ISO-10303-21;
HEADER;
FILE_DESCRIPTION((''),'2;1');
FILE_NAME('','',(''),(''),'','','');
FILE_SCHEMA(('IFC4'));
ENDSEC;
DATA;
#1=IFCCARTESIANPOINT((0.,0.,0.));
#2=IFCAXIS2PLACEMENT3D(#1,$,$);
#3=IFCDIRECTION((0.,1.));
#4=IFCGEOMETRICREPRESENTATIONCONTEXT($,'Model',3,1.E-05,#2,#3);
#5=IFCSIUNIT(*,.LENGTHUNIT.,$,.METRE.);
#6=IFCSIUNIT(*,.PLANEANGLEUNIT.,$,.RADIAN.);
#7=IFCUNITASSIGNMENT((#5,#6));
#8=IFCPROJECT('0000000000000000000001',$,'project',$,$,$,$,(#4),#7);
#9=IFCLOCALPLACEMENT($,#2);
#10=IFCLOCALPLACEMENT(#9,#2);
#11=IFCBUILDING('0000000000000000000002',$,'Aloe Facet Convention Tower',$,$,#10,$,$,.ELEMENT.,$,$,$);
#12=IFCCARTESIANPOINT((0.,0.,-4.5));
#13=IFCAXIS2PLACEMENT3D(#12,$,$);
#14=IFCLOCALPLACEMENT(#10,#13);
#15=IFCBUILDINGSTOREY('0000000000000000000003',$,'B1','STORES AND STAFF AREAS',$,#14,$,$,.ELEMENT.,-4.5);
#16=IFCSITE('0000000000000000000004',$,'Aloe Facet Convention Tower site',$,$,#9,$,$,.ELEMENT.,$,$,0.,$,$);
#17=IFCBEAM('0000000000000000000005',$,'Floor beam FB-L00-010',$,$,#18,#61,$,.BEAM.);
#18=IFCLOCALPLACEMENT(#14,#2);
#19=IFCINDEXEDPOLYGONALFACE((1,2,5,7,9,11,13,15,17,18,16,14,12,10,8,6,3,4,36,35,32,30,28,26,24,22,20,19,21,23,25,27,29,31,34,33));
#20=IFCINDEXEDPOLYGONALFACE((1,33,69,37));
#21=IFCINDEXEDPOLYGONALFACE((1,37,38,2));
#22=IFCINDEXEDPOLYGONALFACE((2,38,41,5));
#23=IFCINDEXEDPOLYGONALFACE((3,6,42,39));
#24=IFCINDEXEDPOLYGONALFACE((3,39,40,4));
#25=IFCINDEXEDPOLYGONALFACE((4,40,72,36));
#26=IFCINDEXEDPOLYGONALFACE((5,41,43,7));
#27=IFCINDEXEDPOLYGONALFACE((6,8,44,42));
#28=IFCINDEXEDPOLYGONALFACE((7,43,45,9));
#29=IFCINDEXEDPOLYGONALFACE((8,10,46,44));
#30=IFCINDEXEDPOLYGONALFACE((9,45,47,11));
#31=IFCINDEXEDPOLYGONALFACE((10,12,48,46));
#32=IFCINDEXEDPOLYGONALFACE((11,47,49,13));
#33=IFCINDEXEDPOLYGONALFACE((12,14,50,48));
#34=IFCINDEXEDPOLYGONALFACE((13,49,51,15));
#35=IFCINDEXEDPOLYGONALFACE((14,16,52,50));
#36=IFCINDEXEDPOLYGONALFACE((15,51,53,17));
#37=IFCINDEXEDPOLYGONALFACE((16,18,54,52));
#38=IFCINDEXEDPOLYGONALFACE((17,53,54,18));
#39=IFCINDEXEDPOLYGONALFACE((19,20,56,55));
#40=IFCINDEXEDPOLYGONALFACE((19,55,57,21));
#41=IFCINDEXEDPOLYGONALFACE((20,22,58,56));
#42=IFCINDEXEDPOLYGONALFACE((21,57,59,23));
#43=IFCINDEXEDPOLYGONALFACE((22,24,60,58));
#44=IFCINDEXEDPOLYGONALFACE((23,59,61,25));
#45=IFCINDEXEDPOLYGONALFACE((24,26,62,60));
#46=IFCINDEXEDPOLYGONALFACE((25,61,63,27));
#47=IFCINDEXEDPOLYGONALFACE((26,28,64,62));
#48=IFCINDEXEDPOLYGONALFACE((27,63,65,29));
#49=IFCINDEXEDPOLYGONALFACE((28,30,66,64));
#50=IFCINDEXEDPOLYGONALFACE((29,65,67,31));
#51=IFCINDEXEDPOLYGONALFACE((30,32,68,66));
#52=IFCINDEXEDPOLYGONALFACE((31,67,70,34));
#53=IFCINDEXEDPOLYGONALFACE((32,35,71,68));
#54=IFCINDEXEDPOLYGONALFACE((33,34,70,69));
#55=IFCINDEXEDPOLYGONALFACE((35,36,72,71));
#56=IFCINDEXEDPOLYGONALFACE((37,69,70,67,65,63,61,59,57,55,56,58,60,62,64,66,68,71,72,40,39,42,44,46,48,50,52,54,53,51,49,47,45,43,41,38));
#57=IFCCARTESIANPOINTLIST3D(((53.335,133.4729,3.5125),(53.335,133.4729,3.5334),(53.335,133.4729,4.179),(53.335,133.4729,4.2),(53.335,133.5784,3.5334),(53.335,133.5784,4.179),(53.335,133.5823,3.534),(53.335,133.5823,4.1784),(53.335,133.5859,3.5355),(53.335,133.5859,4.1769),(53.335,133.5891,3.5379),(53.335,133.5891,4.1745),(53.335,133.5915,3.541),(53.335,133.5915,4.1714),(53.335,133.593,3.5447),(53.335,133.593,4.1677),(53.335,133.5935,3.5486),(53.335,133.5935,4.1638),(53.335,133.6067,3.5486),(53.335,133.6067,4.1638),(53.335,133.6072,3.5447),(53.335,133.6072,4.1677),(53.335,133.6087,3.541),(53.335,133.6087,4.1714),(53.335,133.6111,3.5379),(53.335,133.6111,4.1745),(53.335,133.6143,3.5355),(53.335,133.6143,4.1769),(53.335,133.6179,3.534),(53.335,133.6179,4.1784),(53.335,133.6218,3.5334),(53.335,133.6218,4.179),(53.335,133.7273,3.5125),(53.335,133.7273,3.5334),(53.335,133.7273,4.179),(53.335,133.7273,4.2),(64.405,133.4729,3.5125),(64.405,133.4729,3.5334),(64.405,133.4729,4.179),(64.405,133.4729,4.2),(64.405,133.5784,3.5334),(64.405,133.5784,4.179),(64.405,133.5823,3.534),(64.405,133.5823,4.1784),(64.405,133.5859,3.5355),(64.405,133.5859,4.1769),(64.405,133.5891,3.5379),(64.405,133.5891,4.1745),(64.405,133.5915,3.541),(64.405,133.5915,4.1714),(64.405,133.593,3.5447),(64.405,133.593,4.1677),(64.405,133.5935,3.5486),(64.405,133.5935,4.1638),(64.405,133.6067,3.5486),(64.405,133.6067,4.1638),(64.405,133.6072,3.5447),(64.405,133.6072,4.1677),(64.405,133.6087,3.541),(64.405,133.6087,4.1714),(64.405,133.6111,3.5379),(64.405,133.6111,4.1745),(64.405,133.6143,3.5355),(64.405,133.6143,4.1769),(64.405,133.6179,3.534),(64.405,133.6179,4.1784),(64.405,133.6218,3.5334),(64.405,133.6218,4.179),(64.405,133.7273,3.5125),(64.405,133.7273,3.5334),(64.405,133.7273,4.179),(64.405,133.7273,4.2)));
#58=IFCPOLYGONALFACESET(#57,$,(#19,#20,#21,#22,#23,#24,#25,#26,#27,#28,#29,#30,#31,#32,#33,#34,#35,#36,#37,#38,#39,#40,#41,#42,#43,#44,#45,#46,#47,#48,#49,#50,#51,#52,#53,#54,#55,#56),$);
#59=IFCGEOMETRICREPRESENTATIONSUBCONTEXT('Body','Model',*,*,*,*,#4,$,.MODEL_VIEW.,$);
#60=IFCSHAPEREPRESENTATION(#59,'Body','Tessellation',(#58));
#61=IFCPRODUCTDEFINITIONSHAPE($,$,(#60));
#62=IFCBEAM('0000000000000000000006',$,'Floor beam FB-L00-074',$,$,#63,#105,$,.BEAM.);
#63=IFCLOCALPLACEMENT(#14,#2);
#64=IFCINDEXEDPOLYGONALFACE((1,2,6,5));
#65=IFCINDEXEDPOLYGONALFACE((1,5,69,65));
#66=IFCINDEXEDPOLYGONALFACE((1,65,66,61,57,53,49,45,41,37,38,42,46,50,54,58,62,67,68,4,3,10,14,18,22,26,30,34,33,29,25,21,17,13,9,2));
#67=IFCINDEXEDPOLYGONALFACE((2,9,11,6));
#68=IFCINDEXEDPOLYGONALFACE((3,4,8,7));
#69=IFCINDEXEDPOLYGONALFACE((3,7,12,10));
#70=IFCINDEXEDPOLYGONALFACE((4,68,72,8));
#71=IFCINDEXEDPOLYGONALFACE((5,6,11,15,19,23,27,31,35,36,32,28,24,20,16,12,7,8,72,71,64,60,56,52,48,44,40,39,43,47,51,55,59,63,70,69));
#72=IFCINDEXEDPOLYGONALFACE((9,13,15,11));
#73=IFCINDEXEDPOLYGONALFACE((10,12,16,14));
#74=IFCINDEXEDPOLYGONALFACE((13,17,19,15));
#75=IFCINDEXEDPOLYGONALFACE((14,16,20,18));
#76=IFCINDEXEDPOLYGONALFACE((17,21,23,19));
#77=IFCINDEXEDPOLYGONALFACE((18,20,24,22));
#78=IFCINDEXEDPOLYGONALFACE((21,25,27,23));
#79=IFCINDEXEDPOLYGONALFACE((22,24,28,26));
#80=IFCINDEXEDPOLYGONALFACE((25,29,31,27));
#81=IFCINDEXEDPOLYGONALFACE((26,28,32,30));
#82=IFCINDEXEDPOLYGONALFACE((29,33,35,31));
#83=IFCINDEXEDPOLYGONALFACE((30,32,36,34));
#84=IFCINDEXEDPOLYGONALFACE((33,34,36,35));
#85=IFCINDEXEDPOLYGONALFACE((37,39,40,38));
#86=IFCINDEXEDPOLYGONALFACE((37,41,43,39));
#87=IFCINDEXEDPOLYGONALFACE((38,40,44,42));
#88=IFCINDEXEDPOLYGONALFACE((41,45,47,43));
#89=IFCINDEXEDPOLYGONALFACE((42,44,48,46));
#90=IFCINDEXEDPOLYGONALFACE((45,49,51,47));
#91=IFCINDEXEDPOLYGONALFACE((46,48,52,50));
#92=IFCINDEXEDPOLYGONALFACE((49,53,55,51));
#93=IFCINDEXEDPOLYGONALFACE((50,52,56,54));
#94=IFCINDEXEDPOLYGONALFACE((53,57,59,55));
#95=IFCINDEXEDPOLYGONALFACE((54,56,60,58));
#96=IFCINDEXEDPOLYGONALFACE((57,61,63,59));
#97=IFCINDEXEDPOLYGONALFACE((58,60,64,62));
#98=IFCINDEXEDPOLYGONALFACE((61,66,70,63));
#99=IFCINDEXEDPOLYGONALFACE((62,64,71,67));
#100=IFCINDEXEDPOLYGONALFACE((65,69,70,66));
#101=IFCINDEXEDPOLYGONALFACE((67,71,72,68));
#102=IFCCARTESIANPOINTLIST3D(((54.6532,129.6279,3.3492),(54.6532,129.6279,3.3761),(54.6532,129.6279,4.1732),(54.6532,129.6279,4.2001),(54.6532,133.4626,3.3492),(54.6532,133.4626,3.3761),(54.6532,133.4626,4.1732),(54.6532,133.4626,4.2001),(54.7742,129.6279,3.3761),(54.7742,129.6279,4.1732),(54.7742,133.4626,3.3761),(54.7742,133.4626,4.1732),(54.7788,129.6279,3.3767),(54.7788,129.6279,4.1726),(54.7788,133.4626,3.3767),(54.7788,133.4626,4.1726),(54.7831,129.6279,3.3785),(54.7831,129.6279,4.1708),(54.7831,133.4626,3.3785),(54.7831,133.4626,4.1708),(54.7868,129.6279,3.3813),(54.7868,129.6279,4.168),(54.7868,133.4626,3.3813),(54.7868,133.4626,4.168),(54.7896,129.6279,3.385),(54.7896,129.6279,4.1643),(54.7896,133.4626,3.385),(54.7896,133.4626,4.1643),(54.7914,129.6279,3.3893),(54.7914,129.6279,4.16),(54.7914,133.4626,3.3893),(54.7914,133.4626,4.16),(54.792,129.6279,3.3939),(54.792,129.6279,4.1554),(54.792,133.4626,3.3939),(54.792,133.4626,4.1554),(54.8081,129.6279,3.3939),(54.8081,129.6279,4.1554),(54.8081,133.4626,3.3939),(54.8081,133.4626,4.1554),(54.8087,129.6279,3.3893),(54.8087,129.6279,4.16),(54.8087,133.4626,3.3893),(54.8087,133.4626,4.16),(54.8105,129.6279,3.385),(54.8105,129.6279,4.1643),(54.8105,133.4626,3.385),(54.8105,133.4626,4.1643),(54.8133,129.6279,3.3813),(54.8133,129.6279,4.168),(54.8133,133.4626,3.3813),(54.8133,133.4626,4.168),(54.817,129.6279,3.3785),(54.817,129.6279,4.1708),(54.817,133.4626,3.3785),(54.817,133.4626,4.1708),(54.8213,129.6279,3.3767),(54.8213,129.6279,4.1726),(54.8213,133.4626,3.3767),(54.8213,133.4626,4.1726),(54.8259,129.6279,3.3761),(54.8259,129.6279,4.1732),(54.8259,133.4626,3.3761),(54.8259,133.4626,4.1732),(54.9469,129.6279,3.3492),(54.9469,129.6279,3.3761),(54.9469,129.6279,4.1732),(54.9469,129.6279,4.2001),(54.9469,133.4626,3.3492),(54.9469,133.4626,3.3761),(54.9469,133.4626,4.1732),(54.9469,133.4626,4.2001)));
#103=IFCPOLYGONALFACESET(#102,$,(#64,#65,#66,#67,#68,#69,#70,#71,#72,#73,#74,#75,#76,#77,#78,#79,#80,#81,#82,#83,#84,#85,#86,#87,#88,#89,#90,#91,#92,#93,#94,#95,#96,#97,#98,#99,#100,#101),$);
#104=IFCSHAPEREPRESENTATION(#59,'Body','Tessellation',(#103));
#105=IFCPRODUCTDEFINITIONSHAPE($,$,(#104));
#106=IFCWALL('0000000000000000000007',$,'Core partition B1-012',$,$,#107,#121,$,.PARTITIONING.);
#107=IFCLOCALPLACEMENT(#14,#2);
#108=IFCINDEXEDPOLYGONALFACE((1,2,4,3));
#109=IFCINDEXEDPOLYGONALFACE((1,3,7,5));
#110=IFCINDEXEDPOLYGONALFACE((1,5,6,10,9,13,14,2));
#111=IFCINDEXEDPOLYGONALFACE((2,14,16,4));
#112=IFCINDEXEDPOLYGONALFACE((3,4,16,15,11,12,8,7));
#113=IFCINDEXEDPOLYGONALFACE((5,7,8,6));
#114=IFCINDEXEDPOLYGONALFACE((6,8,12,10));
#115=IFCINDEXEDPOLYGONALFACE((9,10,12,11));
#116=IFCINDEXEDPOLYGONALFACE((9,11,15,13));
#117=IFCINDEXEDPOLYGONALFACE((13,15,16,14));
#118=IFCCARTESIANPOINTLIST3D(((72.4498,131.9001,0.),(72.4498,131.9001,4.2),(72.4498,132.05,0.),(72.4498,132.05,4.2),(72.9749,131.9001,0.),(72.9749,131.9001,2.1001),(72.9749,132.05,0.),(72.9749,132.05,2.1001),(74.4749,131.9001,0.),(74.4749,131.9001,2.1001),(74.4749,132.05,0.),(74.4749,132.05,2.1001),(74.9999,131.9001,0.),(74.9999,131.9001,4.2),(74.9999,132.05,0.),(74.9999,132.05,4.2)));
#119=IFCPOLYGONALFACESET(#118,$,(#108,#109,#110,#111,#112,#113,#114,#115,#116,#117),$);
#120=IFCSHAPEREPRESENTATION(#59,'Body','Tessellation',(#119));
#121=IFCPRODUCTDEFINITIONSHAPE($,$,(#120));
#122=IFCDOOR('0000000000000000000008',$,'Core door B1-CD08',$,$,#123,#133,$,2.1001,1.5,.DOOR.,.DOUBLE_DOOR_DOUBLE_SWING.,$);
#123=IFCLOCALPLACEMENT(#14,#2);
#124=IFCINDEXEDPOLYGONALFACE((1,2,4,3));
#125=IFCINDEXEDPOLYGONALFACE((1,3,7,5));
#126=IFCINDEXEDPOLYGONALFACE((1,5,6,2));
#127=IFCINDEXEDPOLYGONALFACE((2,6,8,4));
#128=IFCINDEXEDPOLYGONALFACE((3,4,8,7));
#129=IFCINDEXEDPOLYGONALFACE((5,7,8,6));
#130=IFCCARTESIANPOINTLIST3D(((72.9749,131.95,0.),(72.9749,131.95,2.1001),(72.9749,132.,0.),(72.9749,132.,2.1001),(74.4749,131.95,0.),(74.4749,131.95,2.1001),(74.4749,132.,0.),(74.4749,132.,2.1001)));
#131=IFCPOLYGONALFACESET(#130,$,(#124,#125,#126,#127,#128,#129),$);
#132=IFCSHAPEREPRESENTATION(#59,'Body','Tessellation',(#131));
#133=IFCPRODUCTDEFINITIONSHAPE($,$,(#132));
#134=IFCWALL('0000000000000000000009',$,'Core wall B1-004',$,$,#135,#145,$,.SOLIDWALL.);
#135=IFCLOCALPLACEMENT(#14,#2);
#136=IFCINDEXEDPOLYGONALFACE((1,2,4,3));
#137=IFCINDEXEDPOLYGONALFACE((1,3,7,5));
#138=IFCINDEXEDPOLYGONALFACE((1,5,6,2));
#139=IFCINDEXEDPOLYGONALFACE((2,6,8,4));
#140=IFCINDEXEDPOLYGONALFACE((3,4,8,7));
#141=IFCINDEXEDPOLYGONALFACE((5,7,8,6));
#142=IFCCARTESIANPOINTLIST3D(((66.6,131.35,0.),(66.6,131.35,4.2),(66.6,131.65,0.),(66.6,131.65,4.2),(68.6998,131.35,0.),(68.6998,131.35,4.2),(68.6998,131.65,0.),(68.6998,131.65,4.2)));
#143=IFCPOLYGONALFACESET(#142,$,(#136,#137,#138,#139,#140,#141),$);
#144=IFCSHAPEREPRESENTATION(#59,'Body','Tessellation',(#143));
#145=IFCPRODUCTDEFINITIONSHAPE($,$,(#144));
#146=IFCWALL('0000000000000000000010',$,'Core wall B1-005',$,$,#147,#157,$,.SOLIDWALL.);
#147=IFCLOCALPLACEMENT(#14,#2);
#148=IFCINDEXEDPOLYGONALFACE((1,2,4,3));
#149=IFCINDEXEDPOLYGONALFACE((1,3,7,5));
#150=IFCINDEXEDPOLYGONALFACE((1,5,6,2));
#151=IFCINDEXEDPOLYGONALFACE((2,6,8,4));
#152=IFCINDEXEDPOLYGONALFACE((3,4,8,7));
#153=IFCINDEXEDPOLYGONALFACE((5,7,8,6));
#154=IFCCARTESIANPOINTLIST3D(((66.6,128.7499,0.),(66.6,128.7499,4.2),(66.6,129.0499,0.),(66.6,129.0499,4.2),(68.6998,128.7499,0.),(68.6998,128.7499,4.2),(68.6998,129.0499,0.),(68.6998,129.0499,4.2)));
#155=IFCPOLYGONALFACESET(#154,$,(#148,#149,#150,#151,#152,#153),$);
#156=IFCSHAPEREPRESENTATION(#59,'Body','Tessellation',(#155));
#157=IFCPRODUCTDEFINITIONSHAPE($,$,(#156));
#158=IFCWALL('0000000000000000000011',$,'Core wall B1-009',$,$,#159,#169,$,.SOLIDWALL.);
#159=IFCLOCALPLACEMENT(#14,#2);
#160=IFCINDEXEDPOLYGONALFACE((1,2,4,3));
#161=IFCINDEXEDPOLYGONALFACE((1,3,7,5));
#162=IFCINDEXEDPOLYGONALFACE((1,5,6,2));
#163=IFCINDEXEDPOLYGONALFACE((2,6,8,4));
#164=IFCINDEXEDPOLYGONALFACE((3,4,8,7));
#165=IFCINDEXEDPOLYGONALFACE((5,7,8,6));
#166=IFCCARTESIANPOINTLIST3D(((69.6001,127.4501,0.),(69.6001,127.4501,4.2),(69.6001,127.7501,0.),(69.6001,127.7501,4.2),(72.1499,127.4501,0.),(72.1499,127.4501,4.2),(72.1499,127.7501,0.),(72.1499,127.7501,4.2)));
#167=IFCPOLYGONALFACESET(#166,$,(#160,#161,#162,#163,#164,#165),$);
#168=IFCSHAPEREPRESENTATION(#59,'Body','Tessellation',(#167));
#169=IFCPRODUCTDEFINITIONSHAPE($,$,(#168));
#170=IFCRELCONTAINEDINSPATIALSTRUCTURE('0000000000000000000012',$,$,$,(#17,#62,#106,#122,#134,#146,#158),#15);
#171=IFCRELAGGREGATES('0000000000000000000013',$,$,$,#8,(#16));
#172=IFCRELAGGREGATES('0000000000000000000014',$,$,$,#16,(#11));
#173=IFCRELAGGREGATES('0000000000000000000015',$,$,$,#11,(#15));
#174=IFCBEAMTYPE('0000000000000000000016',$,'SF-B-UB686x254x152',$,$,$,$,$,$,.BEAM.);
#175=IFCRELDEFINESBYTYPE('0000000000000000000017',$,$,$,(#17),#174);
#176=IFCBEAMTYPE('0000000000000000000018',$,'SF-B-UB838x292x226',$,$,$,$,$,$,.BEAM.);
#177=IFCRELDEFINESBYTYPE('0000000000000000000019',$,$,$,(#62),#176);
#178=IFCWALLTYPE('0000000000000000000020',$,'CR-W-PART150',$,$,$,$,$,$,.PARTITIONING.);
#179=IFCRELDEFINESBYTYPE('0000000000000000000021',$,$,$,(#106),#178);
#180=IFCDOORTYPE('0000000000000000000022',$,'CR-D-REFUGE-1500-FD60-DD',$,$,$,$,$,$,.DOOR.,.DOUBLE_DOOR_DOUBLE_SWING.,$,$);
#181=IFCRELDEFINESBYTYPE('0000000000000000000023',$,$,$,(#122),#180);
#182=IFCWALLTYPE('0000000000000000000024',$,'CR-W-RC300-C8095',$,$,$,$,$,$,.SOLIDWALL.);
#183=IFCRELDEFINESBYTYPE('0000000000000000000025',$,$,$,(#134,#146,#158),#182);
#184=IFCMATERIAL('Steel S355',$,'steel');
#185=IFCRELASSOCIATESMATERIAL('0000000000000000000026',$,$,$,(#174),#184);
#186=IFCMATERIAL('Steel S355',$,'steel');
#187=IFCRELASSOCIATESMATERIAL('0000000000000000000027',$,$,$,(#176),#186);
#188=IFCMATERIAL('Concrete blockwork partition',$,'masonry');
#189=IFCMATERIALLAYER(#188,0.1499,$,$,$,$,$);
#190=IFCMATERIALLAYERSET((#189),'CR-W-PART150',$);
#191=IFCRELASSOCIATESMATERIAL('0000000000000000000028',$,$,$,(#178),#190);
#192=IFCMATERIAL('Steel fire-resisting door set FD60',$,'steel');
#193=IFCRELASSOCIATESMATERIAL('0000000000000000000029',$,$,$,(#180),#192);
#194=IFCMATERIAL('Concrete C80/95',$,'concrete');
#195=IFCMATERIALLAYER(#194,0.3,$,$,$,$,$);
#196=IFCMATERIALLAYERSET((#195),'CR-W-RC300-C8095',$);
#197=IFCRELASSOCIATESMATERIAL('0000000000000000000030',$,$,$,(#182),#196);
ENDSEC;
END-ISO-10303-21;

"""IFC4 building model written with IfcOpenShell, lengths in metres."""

from ifc_helpers import new_model, si_unit, direction, frame, frame_2d, origin, origin_2d, place, context, subcontext, project, spatial, rectangle, i_section, extrude, material, layer, layer_set, material_profile, profile_set, type_object, element, fill, save


model = new_model("IFC4")

# Units and contexts
model_context = context("Model", 3, precision=1e-05, world=origin(), true_north=direction((0.0, 1.0)))
body_context = subcontext(model_context, "Body", "Model", "MODEL_VIEW")
ifc_project = project(units=[si_unit("LENGTHUNIT", "METRE"), si_unit("PLANEANGLEUNIT", "RADIAN")], contexts=[model_context])

# Site, building, storey
site_placement = place(None, origin())
site = spatial("IfcSite", under=ifc_project, at=site_placement, Name="Aloe Facet Convention Tower site", CompositionType="ELEMENT", RefElevation=0.0)
building_placement = place(site_placement, origin())
building = spatial("IfcBuilding", under=site, at=building_placement, Name="Aloe Facet Convention Tower", CompositionType="ELEMENT")
storey_placement = place(building_placement, frame((0.0, 0.0, -4.5)))
storey = spatial("IfcBuildingStorey", under=building, at=storey_placement, Name="B1", Description="STORES AND STAFF AREAS", CompositionType="ELEMENT", Elevation=-4.5)

# Beams
ifc_material_1 = material(Name="Steel S355", Category="steel")
ifc_material_profile_1 = material_profile(ifc_material_1, i_section(OverallWidth=0.2544, OverallDepth=0.6875, WebThickness=0.0132, FlangeThickness=0.021, FilletRadius=0.0151, at=origin_2d()), Name="UB 686x254x152")
ifc_profile_set_1 = profile_set([ifc_material_profile_1], Name="Steel S355")
beam_type_1 = type_object("IfcBeamType", Name="SF-B-UB686x254x152", PredefinedType="BEAM", material=ifc_profile_set_1)
beam_1_placement = place(storey_placement, frame((53.335, 133.6001, 3.8562), z_axis=(1.0, 0.0, 0.0), x_axis=(0.0, 1.0, 0.0)))
element("IfcBeam", 1, at=beam_1_placement, inside=storey, type_object=beam_type_1, Name="Floor beam FB-L00-010", PredefinedType="BEAM", context=body_context, shape_type="SweptSolid", body=[
    extrude(i_section(OverallWidth=0.2544, OverallDepth=0.6875, WebThickness=0.0132, FlangeThickness=0.021, FilletRadius=0.0151, at=origin_2d()), origin(), (0.0, 0.0, 1.0), 11.0701),
])
ifc_material_2 = material(Name="Steel S355", Category="steel")
ifc_material_profile_2 = material_profile(ifc_material_2, i_section(OverallWidth=0.2937, OverallDepth=0.8508, WebThickness=0.0161, FlangeThickness=0.0269, FilletRadius=0.0178, at=origin_2d()), Name="UB 838x292x226")
ifc_profile_set_2 = profile_set([ifc_material_profile_2], Name="Steel S355")
beam_type_2 = type_object("IfcBeamType", Name="SF-B-UB838x292x226", PredefinedType="BEAM", material=ifc_profile_set_2)
beam_2_placement = place(storey_placement, frame((54.8, 129.6279, 3.7747), z_axis=(0.0, 1.0, 0.0), x_axis=(-1.0, 0.0, 0.0)))
element("IfcBeam", 2, at=beam_2_placement, inside=storey, type_object=beam_type_2, Name="Floor beam FB-L00-074", PredefinedType="BEAM", context=body_context, shape_type="SweptSolid", body=[
    extrude(i_section(OverallWidth=0.2937, OverallDepth=0.8508, WebThickness=0.0161, FlangeThickness=0.0269, FilletRadius=0.0178, at=origin_2d()), origin(), (0.0, 0.0, 1.0), 3.8347),
])

# Wall, opening, door
ifc_material_3 = material(Name="Concrete blockwork partition", Category="masonry")
ifc_layer_1 = layer(ifc_material_3, 0.1499)
ifc_layer_set_1 = layer_set([ifc_layer_1], Name="CR-W-PART150")
wall_type_1 = type_object("IfcWallType", Name="CR-W-PART150", PredefinedType="PARTITIONING", material=ifc_layer_set_1)
wall_1_placement = place(storey_placement, frame((72.45, 131.9751, 0.0), z_axis=(0.0, 0.0, 1.0), x_axis=(1.0, 0.0, 0.0)))
wall_1 = element("IfcWall", 3, at=wall_1_placement, inside=storey, type_object=wall_type_1, Name="Core partition B1-012", PredefinedType="PARTITIONING", context=body_context, shape_type="SweptSolid", body=[
    extrude(rectangle(XDim=2.55, YDim=0.1499, at=frame_2d((1.2749, 0.0))), origin(), (0.0, 0.0, 1.0), 4.2),
])
opening_1_placement = place(wall_1_placement, frame((0.5249, 0.0, 0.0)))
opening_1 = element("IfcOpeningElement", 4, at=opening_1_placement, cuts=wall_1, PredefinedType="OPENING", context=body_context, shape_type="SweptSolid", body=[
    extrude(rectangle(XDim=1.5, YDim=2.1001, at=frame_2d((0.75, 1.05))), frame((0.0, 0.085, 0.0), z_axis=(0.0, -1.0, 0.0), x_axis=(1.0, 0.0, 0.0)), (0.0, 0.0, 1.0), 0.1699),
])
ifc_material_4 = material(Name="Steel fire-resisting door set FD60", Category="steel")
door_type_1 = type_object("IfcDoorType", Name="CR-D-REFUGE-1500-FD60-DD", OperationType="DOUBLE_DOOR_DOUBLE_SWING", PredefinedType="DOOR", material=ifc_material_4)
door_1_placement = place(opening_1_placement, origin())
door_1 = element("IfcDoor", 5, at=door_1_placement, inside=storey, type_object=door_type_1, Name="Core door B1-CD08", OperationType="DOUBLE_DOOR_DOUBLE_SWING", OverallHeight=2.1001, OverallWidth=1.5, PredefinedType="DOOR", context=body_context, shape_type="SweptSolid", body=[
    extrude(rectangle(XDim=1.5, YDim=2.1001, at=frame_2d((0.75, 1.05))), frame((0.0, 0.0249, 0.0), z_axis=(0.0, -1.0, 0.0), x_axis=(1.0, 0.0, 0.0)), (0.0, 0.0, 1.0), 0.05),
])
fill(opening_1, door_1)

# Walls
ifc_material_5 = material(Name="Concrete C80/95", Category="concrete")
ifc_layer_2 = layer(ifc_material_5, 0.3)
ifc_layer_set_2 = layer_set([ifc_layer_2], Name="CR-W-RC300-C8095")
wall_type_2 = type_object("IfcWallType", Name="CR-W-RC300-C8095", PredefinedType="SOLIDWALL", material=ifc_layer_set_2)
for number, where, z_axis, x_axis, name in (
    (6, (66.6001, 131.5, 0.0), (0.0, 0.0, 1.0), (1.0, 0.0, 0.0), "Core wall B1-004"),
    (7, (66.6001, 128.8999, 0.0), (0.0, 0.0, 1.0), (1.0, 0.0, 0.0), "Core wall B1-005"),
):
    element("IfcWall", number, at=place(storey_placement, frame(where, z_axis=z_axis, x_axis=x_axis)), inside=storey, type_object=wall_type_2, Name=name, PredefinedType="SOLIDWALL", context=body_context, shape_type="SweptSolid", body=[
        extrude(rectangle(XDim=2.0999, YDim=0.3, at=frame_2d((1.0498, 0.0))), origin(), (0.0, 0.0, 1.0), 4.2),
    ])
wall_2_placement = place(storey_placement, frame((69.6001, 127.6001, 0.0), z_axis=(0.0, 0.0, 1.0), x_axis=(1.0, 0.0, 0.0)))
element("IfcWall", 8, at=wall_2_placement, inside=storey, type_object=wall_type_2, Name="Core wall B1-009", PredefinedType="SOLIDWALL", context=body_context, shape_type="SweptSolid", body=[
    extrude(rectangle(XDim=2.5498, YDim=0.3, at=frame_2d((1.2749, 0.0))), origin(), (0.0, 0.0, 1.0), 4.2),
])

save(model, "model.ifc")
